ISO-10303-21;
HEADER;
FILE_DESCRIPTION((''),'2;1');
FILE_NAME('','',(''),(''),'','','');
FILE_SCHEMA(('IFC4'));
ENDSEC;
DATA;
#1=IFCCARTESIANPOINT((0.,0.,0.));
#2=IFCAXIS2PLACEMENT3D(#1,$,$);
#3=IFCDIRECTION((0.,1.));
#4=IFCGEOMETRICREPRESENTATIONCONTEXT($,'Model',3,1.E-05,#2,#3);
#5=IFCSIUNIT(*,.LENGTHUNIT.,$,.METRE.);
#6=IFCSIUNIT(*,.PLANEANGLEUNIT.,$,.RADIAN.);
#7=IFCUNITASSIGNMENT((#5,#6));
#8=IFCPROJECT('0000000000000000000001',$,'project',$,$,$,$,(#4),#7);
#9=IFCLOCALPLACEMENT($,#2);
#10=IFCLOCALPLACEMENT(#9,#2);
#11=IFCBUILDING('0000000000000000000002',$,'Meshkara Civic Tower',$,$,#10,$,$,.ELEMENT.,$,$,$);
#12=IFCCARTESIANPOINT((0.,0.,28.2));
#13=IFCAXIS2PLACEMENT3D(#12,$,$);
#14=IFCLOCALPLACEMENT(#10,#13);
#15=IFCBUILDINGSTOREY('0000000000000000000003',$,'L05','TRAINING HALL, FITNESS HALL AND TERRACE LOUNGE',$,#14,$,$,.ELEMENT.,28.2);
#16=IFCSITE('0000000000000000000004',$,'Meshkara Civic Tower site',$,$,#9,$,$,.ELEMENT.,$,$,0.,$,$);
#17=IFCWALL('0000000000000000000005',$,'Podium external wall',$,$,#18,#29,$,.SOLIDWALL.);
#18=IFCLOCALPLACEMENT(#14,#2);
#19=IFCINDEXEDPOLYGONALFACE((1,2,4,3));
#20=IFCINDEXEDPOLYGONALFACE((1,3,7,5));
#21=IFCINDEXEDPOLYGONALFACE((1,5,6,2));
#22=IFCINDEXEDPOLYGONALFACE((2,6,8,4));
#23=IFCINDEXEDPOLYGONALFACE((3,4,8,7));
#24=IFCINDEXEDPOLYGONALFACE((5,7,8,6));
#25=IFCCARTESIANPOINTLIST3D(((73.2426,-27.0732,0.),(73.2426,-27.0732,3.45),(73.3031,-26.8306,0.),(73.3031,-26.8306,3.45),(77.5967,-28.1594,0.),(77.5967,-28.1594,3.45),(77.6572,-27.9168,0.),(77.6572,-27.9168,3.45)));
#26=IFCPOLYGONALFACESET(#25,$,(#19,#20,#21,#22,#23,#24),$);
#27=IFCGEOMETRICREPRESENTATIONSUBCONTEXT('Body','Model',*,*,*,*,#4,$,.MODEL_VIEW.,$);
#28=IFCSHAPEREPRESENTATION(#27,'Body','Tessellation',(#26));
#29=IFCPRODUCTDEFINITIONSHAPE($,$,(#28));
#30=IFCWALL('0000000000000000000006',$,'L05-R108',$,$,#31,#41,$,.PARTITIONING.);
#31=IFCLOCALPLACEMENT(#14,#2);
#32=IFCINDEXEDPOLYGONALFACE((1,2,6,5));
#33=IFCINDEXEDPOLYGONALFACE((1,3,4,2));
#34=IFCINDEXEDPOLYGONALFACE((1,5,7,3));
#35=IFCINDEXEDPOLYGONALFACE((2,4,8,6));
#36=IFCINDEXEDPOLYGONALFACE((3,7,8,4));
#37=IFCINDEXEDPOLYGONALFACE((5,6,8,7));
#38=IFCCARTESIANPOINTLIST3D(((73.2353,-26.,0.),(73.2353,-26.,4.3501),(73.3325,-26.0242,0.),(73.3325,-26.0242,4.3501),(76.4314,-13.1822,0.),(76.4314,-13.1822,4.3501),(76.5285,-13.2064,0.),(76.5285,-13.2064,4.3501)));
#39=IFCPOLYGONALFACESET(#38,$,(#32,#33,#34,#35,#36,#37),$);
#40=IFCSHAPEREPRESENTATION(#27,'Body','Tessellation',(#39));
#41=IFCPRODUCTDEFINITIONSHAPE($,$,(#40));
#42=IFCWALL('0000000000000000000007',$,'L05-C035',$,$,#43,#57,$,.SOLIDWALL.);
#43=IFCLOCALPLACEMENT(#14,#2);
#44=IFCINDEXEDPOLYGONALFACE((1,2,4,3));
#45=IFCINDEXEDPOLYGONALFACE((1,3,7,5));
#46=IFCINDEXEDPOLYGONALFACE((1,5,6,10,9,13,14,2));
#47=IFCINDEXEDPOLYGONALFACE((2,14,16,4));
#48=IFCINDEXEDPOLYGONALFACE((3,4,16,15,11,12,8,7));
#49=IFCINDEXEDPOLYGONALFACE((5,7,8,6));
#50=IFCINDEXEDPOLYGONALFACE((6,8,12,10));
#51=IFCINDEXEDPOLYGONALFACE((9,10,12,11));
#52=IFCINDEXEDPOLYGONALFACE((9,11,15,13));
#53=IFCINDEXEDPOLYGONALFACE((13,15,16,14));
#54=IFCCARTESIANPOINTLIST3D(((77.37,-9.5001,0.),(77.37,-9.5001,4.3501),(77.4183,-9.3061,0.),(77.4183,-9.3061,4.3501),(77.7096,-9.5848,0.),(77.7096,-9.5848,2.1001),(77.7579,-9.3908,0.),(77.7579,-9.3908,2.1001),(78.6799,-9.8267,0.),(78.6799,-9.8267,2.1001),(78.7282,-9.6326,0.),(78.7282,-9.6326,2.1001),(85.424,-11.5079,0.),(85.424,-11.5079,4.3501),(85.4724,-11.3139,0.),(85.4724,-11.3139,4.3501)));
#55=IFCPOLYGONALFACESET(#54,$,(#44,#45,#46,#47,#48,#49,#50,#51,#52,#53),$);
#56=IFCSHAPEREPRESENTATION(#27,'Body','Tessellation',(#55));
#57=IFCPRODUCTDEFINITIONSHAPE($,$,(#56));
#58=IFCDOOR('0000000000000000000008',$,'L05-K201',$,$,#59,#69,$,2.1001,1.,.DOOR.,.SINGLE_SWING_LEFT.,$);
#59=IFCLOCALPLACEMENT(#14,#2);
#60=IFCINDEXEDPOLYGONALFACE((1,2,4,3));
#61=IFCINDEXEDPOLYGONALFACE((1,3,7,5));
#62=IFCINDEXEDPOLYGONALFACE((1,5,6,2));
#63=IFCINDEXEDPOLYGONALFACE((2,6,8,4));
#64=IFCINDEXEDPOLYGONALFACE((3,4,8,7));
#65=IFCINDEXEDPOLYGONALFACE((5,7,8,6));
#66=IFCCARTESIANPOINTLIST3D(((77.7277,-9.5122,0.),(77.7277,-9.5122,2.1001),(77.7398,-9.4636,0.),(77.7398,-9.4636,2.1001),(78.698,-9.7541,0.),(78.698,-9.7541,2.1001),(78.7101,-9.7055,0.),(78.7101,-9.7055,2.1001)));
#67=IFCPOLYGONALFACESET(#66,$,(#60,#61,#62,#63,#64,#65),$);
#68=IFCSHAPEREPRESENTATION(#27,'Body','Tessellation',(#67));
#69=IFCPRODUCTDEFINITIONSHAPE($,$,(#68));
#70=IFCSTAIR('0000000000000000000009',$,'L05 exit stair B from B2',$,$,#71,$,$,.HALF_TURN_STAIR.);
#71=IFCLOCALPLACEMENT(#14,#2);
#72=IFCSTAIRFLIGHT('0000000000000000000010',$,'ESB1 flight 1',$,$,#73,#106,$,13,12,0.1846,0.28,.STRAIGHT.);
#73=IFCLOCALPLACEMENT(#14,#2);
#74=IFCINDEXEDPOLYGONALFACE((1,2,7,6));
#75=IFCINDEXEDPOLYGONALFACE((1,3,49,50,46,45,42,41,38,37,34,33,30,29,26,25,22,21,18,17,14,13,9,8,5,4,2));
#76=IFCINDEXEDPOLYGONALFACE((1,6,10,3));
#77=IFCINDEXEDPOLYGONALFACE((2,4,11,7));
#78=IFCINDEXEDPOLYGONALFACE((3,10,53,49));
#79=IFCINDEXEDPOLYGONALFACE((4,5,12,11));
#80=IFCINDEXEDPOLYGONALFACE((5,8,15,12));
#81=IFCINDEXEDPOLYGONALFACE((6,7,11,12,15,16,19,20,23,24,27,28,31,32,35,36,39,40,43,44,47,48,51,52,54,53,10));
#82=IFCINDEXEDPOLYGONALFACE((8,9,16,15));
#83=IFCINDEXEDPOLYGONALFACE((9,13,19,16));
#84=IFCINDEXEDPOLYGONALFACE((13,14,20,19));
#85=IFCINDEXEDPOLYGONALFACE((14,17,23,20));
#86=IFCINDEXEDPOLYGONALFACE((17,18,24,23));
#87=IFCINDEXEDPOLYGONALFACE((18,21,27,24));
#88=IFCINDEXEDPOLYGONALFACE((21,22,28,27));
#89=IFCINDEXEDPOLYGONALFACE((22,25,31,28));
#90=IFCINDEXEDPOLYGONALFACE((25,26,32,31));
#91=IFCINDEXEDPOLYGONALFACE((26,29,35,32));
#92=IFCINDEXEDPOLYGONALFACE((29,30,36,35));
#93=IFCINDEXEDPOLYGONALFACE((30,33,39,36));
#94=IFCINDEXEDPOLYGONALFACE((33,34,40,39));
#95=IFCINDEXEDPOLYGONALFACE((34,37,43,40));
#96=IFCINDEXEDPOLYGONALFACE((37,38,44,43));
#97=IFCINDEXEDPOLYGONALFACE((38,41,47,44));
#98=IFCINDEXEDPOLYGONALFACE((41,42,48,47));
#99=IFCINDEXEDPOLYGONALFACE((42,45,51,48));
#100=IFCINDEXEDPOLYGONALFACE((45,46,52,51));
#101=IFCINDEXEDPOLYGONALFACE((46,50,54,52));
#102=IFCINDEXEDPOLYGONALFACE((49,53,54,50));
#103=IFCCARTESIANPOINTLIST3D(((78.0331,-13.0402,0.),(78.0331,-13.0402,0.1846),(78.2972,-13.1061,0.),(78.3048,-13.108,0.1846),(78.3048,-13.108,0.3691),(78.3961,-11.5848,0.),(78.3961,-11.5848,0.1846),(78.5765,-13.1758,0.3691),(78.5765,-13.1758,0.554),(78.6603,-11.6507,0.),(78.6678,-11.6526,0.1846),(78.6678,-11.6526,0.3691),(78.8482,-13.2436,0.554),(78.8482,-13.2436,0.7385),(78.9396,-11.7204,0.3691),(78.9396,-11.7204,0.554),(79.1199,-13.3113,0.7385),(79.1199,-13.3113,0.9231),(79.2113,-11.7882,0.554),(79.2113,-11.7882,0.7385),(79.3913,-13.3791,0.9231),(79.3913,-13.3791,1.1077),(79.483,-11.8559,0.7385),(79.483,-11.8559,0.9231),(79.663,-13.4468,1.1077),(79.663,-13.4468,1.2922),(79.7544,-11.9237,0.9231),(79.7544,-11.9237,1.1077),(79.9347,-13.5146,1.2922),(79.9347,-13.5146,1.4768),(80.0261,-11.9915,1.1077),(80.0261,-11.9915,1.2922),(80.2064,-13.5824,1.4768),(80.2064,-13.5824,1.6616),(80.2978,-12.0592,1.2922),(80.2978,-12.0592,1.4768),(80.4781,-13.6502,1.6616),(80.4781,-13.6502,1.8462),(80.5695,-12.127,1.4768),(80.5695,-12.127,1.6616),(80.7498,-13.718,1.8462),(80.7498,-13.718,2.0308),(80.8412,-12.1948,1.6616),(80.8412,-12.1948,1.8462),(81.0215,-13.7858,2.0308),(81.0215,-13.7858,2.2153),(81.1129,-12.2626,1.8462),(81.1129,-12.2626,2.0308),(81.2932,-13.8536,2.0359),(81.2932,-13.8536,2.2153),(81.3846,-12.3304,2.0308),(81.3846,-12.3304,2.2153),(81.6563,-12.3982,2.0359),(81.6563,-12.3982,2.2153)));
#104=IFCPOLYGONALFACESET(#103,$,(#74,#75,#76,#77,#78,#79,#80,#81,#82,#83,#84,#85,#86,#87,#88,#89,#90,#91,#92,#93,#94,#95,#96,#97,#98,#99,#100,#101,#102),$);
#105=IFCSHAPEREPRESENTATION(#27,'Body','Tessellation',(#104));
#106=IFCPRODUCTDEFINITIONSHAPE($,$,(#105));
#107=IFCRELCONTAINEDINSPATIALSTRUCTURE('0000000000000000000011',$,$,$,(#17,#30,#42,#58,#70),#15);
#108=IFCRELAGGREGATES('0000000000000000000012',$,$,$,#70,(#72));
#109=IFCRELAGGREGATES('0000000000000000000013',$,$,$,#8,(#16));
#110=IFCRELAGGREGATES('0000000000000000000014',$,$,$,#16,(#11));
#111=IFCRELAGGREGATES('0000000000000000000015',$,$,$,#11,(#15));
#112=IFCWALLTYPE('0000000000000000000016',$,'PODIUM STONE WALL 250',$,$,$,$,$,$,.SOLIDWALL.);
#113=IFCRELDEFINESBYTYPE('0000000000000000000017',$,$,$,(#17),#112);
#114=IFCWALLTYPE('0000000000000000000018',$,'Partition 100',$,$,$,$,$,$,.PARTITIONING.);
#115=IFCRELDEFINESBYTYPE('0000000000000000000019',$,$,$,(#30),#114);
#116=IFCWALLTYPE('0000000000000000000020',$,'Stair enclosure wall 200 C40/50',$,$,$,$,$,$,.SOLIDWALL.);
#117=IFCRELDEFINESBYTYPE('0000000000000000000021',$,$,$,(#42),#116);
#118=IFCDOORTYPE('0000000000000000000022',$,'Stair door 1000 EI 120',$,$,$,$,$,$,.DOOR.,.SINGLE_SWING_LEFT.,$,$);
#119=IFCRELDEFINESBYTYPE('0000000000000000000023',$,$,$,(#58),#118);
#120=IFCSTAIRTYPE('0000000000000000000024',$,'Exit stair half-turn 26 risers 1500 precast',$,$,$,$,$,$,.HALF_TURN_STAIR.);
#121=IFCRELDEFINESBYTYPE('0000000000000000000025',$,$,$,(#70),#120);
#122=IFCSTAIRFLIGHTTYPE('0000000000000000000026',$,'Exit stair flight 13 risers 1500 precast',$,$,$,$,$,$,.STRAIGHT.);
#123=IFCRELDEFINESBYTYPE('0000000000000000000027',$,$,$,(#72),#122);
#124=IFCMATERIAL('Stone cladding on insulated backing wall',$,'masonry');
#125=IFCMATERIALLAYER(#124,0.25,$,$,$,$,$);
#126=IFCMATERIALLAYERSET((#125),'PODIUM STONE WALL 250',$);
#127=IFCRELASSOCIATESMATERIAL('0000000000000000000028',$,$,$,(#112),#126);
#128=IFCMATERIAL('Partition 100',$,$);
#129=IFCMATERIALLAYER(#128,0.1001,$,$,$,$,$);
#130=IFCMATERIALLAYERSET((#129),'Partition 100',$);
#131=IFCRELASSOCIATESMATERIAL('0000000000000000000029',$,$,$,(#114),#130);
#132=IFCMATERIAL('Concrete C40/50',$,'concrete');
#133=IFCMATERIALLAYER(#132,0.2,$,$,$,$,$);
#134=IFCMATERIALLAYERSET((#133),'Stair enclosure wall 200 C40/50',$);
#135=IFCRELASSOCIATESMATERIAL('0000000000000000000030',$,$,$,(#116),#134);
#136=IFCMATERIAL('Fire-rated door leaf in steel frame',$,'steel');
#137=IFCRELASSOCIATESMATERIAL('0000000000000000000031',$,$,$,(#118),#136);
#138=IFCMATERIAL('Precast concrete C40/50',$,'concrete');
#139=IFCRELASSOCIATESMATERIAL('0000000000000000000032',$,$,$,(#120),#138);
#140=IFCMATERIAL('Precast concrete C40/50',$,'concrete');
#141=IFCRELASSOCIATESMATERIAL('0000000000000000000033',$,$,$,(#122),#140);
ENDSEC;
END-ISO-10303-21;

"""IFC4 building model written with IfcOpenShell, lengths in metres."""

from ifc_helpers import new_model, si_unit, direction, frame, frame_2d, origin, place, context, subcontext, project, spatial, polyline, rectangle, outline, extrude, material, layer, layer_set, type_object, element, fill, aggregate, save


model = new_model("IFC4")

# Units and contexts
model_context = context("Model", 3, precision=1e-05, world=origin(), true_north=direction((0.0, 1.0)))
body_context = subcontext(model_context, "Body", "Model", "MODEL_VIEW")
ifc_project = project(units=[si_unit("LENGTHUNIT", "METRE"), si_unit("PLANEANGLEUNIT", "RADIAN")], contexts=[model_context])

# Site, building, storey
site_placement = place(None, origin())
site = spatial("IfcSite", under=ifc_project, at=site_placement, Name="Meshkara Civic Tower site", CompositionType="ELEMENT", RefElevation=0.0)
building_placement = place(site_placement, origin())
building = spatial("IfcBuilding", under=site, at=building_placement, Name="Meshkara Civic Tower", CompositionType="ELEMENT")
storey_placement = place(building_placement, frame((0.0, 0.0, 28.2)))
storey = spatial("IfcBuildingStorey", under=building, at=storey_placement, Name="L05", Description="TRAINING HALL, FITNESS HALL AND TERRACE LOUNGE", CompositionType="ELEMENT", Elevation=28.2)

# Walls
ifc_material_1 = material(Name="Stone cladding on insulated backing wall", Category="masonry")
ifc_layer_1 = layer(ifc_material_1, 0.25)
ifc_layer_set_1 = layer_set([ifc_layer_1], Name="PODIUM STONE WALL 250")
wall_type_1 = type_object("IfcWallType", Name="PODIUM STONE WALL 250", PredefinedType="SOLIDWALL", material=ifc_layer_set_1)
wall_1_placement = place(storey_placement, frame((73.2729, -26.9519, 0.0), z_axis=(0.0, 0.0, 1.0), x_axis=(0.970264, -0.242049, 0.0)))
element("IfcWall", 1, at=wall_1_placement, inside=storey, type_object=wall_type_1, Name="Podium external wall", PredefinedType="SOLIDWALL", context=body_context, shape_type="SweptSolid", body=[
    extrude(rectangle(XDim=4.4875, YDim=0.25, at=frame_2d((2.2437, 0.0))), origin(), (0.0, 0.0, 1.0), 3.45),
])
ifc_material_2 = material(Name="Partition 100")
ifc_layer_2 = layer(ifc_material_2, 0.1001)
ifc_layer_set_2 = layer_set([ifc_layer_2], Name="Partition 100")
wall_type_2 = type_object("IfcWallType", Name="Partition 100", PredefinedType="PARTITIONING", material=ifc_layer_set_2)
wall_2_placement = place(storey_placement, frame((73.2839, -26.012, 0.0), z_axis=(0.0, 0.0, 1.0), x_axis=(0.241935, 0.970292, 0.0)))
element("IfcWall", 2, at=wall_2_placement, inside=storey, type_object=wall_type_2, Name="L05-R108", PredefinedType="PARTITIONING", context=body_context, shape_type="SweptSolid", body=[
    extrude(rectangle(XDim=13.2102, YDim=0.1001, at=frame_2d((6.605, 0.0))), origin(), (0.0, 0.0, 1.0), 4.3501),
])

# Wall, opening, door
ifc_material_3 = material(Name="Concrete C40/50", Category="concrete")
ifc_layer_3 = layer(ifc_material_3, 0.2)
ifc_layer_set_3 = layer_set([ifc_layer_3], Name="Stair enclosure wall 200 C40/50")
wall_type_3 = type_object("IfcWallType", Name="Stair enclosure wall 200 C40/50", PredefinedType="SOLIDWALL", material=ifc_layer_set_3)
wall_3_placement = place(storey_placement, frame((77.394, -9.4031, 0.0), z_axis=(0.0, 0.0, 1.0), x_axis=(0.970303, -0.241892, 0.0)))
wall_3 = element("IfcWall", 3, at=wall_3_placement, inside=storey, type_object=wall_type_3, Name="L05-C035", PredefinedType="SOLIDWALL", context=body_context, shape_type="SweptSolid", body=[
    extrude(rectangle(XDim=8.3005, YDim=0.2, at=frame_2d((4.1504, 0.0))), origin(), (0.0, 0.0, 1.0), 4.3501),
])
opening_1_placement = place(wall_3_placement, frame((0.3501, 0.0, 0.0)))
opening_1 = element("IfcOpeningElement", 4, at=opening_1_placement, cuts=wall_3, PredefinedType="OPENING", context=body_context, shape_type="SweptSolid", body=[
    extrude(rectangle(XDim=1.0, YDim=2.1001, at=frame_2d((0.5, 1.05))), frame((0.0, 0.1099, 0.0), z_axis=(0.0, -1.0, 0.0), x_axis=(1.0, 0.0, 0.0)), (0.0, 0.0, 1.0), 0.22),
])
ifc_material_4 = material(Name="Fire-rated door leaf in steel frame", Category="steel")
door_type_1 = type_object("IfcDoorType", Name="Stair door 1000 EI 120", OperationType="SINGLE_SWING_LEFT", PredefinedType="DOOR", material=ifc_material_4)
door_1_placement = place(opening_1_placement, origin())
door_1 = element("IfcDoor", 5, at=door_1_placement, inside=storey, type_object=door_type_1, Name="L05-K201", OperationType="SINGLE_SWING_LEFT", OverallHeight=2.1001, OverallWidth=1.0, PredefinedType="DOOR", context=body_context, shape_type="SweptSolid", body=[
    extrude(rectangle(XDim=1.0, YDim=2.1001, at=frame_2d((0.5, 1.05))), frame((0.0, 0.0249, 0.0), z_axis=(0.0, -1.0, 0.0), x_axis=(1.0, 0.0, 0.0)), (0.0, 0.0, 1.0), 0.05),
])
fill(opening_1, door_1)

# Stair, stair flight
ifc_material_5 = material(Name="Precast concrete C40/50", Category="concrete")
stair_type = type_object("IfcStairType", Name="Exit stair half-turn 26 risers 1500 precast", PredefinedType="HALF_TURN_STAIR", material=ifc_material_5)
stair_placement = place(storey_placement, origin())
stair = element("IfcStair", 6, at=stair_placement, inside=storey, type_object=stair_type, Name="L05 exit stair B from B2", PredefinedType="HALF_TURN_STAIR")
ifc_material_6 = material(Name="Precast concrete C40/50", Category="concrete")
stair_flight_type = type_object("IfcStairFlightType", Name="Exit stair flight 13 risers 1500 precast", PredefinedType="STRAIGHT", material=ifc_material_6)
stair_flight_placement = place(storey_placement, frame((78.2146, -12.3125, 0.0), z_axis=(0.0, 0.0, 1.0), x_axis=(0.97026, -0.242065, 0.0)))
stair_flight = element("IfcStairFlight", 7, at=stair_flight_placement, type_object=stair_flight_type, Name="ESB1 flight 1", NumberOfRisers=13, NumberOfTreads=12, PredefinedType="STRAIGHT", RiserHeight=0.1846, TreadLength=0.28, context=body_context, shape_type="SweptSolid", body=[
    extrude(outline(polyline([(0.0, 0.0), (0.0, 0.1846), (0.28, 0.1846), (0.28, 0.3691), (0.5601, 0.3691), (0.5601, 0.554), (0.8401, 0.554), (0.8401, 0.7385), (1.1201, 0.7385), (1.1201, 0.9231), (1.3999, 0.9231), (1.3999, 1.1077), (1.6799, 1.1077), (1.6799, 1.2922), (1.96, 1.2922), (1.96, 1.4768), (2.24, 1.4768), (2.24, 1.6616), (2.52, 1.6616), (2.52, 1.8462), (2.8, 1.8462), (2.8, 2.0308), (3.0801, 2.0308), (3.0801, 2.2153), (3.3601, 2.2153), (3.3601, 2.3999), (3.3601, 2.0359), (0.2722, 0.0), (0.0, 0.0)])), frame((0.0, 0.75, 0.0), z_axis=(0.0, -1.0, 0.0), x_axis=(1.0, 0.0, 0.0)), (0.0, 0.0, 1.0), 1.5),
])
aggregate(stair, [stair_flight])

save(model, "model.ifc")
